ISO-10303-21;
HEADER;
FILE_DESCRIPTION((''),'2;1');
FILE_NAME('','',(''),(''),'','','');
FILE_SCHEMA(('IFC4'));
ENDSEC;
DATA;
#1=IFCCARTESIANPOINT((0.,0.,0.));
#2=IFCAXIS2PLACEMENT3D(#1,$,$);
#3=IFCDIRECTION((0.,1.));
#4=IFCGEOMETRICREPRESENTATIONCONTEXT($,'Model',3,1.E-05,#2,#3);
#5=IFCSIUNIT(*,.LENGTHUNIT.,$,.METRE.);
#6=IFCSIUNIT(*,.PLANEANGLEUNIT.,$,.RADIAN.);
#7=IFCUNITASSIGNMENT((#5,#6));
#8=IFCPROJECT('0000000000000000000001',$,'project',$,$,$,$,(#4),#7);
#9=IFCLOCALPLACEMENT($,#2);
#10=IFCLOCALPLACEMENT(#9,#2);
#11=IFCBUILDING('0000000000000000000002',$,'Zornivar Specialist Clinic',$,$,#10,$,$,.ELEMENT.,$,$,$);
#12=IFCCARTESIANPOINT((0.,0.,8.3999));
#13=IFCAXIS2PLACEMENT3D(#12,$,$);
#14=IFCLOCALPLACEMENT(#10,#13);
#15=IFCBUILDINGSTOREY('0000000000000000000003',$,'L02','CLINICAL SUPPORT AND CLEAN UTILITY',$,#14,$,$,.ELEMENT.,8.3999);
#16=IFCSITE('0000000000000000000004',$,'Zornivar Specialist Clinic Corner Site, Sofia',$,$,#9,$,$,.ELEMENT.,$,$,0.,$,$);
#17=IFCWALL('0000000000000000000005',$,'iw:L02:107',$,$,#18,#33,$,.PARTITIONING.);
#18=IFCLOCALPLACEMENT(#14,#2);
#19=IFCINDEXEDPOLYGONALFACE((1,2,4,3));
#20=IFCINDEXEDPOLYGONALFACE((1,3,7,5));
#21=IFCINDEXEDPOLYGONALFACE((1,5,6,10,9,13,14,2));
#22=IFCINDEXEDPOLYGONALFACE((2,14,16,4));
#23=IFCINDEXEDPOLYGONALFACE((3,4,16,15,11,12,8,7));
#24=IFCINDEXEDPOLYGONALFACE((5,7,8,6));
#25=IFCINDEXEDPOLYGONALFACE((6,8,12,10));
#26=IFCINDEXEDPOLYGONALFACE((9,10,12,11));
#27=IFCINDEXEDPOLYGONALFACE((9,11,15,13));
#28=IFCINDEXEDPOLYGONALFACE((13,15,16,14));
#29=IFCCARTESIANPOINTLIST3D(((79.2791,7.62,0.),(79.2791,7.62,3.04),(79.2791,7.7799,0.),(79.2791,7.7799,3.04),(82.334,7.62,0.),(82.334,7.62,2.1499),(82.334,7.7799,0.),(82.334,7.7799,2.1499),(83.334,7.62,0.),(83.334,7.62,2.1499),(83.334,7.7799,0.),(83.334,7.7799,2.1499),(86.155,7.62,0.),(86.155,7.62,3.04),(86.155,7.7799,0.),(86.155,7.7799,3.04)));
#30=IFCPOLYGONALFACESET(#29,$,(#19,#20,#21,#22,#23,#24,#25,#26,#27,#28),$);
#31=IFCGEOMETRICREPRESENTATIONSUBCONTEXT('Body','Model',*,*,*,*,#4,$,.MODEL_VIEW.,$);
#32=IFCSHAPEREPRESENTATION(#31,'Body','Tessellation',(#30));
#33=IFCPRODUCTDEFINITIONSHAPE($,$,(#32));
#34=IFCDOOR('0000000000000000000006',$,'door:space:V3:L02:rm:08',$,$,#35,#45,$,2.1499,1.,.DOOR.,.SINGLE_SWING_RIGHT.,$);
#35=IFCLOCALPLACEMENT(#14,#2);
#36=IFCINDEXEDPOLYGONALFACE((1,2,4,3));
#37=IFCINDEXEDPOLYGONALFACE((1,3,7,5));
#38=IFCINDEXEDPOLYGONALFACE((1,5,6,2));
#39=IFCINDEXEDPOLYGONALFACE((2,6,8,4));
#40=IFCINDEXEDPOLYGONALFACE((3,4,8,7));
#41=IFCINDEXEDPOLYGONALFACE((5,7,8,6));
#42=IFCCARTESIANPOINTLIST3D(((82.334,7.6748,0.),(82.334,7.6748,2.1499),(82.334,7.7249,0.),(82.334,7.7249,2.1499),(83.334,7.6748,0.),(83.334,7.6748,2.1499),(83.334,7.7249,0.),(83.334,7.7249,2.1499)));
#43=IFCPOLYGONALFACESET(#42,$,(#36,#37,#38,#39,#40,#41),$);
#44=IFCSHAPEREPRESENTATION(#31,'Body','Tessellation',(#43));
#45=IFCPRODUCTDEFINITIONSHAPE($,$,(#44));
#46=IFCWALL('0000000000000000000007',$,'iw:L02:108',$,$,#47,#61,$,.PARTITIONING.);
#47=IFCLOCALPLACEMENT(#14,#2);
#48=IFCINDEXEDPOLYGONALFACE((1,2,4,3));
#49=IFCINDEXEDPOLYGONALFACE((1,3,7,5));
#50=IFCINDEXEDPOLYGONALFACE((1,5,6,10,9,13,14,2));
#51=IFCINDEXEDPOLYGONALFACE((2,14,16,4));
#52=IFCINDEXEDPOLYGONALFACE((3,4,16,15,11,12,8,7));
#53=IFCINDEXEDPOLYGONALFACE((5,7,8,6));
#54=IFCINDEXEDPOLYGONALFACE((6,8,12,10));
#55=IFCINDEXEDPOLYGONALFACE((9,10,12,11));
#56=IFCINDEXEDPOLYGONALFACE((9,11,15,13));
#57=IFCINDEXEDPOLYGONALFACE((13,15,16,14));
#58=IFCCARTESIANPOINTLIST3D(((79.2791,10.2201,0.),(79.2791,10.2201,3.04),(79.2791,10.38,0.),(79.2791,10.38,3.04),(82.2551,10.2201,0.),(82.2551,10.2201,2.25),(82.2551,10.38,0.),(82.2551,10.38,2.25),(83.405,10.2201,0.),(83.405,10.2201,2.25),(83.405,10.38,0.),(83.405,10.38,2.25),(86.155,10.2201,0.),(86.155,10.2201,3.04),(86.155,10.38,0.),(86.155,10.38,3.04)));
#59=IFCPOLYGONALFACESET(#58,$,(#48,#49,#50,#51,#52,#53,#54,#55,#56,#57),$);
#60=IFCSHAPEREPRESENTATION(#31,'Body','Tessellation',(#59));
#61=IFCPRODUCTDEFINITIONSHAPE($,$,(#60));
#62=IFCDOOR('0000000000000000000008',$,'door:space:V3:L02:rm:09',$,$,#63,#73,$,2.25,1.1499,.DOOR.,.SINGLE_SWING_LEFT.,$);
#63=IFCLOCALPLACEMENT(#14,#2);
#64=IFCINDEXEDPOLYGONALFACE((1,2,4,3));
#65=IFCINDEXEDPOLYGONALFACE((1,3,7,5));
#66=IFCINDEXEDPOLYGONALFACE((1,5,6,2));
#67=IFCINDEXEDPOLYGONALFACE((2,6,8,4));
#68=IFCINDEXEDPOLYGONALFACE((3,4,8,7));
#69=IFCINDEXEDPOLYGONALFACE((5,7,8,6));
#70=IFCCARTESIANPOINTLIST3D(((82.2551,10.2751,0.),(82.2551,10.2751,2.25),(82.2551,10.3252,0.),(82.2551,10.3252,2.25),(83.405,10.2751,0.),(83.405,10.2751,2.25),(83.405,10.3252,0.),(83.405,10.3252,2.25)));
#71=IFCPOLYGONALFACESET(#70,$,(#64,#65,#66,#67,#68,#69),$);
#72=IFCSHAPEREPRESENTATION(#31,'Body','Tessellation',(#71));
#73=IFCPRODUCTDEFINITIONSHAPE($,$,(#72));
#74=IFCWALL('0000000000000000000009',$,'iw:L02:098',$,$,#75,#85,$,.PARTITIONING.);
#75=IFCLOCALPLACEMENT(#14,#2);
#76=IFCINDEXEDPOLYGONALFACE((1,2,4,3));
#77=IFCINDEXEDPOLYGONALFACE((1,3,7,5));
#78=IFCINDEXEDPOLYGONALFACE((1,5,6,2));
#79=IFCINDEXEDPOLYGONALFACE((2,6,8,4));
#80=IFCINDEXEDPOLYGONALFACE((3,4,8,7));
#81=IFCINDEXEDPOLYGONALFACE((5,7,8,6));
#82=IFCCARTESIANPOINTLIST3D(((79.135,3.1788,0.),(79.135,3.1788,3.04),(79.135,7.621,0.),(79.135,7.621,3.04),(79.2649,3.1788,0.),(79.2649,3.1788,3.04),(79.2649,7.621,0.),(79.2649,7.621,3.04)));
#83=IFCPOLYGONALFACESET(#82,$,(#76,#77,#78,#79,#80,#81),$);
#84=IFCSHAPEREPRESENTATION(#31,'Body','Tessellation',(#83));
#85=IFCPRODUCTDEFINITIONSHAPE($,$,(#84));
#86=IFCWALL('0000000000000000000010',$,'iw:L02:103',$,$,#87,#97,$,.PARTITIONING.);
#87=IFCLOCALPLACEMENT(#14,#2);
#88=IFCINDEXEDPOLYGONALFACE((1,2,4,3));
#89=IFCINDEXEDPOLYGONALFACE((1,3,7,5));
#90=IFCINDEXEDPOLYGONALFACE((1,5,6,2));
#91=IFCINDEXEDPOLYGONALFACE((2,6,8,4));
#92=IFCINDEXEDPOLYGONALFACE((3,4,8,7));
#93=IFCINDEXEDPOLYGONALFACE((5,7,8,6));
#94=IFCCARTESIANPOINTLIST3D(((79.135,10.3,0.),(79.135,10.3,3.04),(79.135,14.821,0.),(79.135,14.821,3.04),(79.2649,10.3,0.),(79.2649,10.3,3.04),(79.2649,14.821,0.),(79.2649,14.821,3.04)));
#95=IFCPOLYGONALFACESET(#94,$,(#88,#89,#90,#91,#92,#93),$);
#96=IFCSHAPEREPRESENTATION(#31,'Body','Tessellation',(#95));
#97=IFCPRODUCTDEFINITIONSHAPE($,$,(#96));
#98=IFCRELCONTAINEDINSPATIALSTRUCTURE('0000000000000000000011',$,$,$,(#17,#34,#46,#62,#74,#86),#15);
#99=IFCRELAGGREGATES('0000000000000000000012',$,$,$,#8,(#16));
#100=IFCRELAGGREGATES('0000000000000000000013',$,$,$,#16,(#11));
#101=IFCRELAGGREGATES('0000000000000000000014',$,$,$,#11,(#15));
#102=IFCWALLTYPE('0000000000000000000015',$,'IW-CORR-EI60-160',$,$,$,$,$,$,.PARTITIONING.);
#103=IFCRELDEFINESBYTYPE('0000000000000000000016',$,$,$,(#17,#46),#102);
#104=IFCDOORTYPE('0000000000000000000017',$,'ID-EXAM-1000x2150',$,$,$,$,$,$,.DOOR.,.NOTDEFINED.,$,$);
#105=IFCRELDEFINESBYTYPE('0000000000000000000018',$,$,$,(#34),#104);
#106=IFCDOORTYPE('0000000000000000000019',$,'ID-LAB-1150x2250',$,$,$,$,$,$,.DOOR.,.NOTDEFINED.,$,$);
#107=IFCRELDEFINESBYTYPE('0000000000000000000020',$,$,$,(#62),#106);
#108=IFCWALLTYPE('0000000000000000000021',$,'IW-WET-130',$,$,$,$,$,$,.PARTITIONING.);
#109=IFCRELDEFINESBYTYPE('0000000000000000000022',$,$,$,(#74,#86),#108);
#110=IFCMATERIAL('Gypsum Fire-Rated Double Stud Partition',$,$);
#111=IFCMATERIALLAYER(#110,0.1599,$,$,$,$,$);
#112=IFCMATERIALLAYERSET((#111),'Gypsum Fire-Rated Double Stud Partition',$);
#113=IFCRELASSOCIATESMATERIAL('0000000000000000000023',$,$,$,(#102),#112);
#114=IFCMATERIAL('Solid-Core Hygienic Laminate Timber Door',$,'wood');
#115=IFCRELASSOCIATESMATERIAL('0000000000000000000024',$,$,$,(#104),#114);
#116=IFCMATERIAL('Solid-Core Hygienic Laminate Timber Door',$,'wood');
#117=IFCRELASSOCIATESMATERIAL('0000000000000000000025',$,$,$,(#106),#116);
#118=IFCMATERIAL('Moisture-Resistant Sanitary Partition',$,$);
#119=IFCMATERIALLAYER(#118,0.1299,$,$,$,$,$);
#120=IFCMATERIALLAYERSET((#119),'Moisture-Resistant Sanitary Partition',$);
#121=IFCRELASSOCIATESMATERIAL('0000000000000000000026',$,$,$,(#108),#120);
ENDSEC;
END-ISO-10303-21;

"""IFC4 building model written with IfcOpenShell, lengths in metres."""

from ifc_helpers import new_model, si_unit, direction, frame, frame_2d, origin, place, context, subcontext, project, spatial, rectangle, extrude, material, layer, layer_set, type_object, element, fill, save


model = new_model("IFC4")

# Units and contexts
model_context = context("Model", 3, precision=1e-05, world=origin(), true_north=direction((0.0, 1.0)))
body_context = subcontext(model_context, "Body", "Model", "MODEL_VIEW")
ifc_project = project(units=[si_unit("LENGTHUNIT", "METRE"), si_unit("PLANEANGLEUNIT", "RADIAN")], contexts=[model_context])

# Site, building, storey
site_placement = place(None, origin())
site = spatial("IfcSite", under=ifc_project, at=site_placement, Name="Zornivar Specialist Clinic Corner Site, Sofia", CompositionType="ELEMENT", RefElevation=0.0)
building_placement = place(site_placement, origin())
building = spatial("IfcBuilding", under=site, at=building_placement, Name="Zornivar Specialist Clinic", CompositionType="ELEMENT")
storey_placement = place(building_placement, frame((0.0, 0.0, 8.3999)))
storey = spatial("IfcBuildingStorey", under=building, at=storey_placement, Name="L02", Description="CLINICAL SUPPORT AND CLEAN UTILITY", CompositionType="ELEMENT", Elevation=8.3999)

# Walls, openings, doors
ifc_material_1 = material(Name="Gypsum Fire-Rated Double Stud Partition")
ifc_layer_1 = layer(ifc_material_1, 0.1599)
ifc_layer_set_1 = layer_set([ifc_layer_1], Name="Gypsum Fire-Rated Double Stud Partition")
wall_type_1 = type_object("IfcWallType", Name="IW-CORR-EI60-160", PredefinedType="PARTITIONING", material=ifc_layer_set_1)
wall_1_placement = place(storey_placement, frame((79.2791, 7.7, 0.0), z_axis=(0.0, 0.0, 1.0), x_axis=(1.0, 0.0, 0.0)))
wall_1 = element("IfcWall", 1, at=wall_1_placement, inside=storey, type_object=wall_type_1, Name="iw:L02:107", PredefinedType="PARTITIONING", context=body_context, shape_type="SweptSolid", body=[
    extrude(rectangle(XDim=6.876, YDim=0.1599, at=frame_2d((3.438, 0.0))), origin(), (0.0, 0.0, 1.0), 3.04),
])
opening_1_placement = place(wall_1_placement, frame((3.0549, 0.0, 0.0)))
opening_1 = element("IfcOpeningElement", 2, at=opening_1_placement, cuts=wall_1, PredefinedType="OPENING", context=body_context, shape_type="SweptSolid", body=[
    extrude(rectangle(XDim=1.0, YDim=2.1499, at=frame_2d((0.5, 1.075))), frame((0.0, 0.0898, 0.0), z_axis=(0.0, -1.0, 0.0), x_axis=(1.0, 0.0, 0.0)), (0.0, 0.0, 1.0), 0.1799),
])
ifc_material_2 = material(Name="Solid-Core Hygienic Laminate Timber Door", Category="wood")
door_type_1 = type_object("IfcDoorType", Name="ID-EXAM-1000x2150", OperationType="NOTDEFINED", PredefinedType="DOOR", material=ifc_material_2)
door_1_placement = place(opening_1_placement, origin())
door_1 = element("IfcDoor", 3, at=door_1_placement, inside=storey, type_object=door_type_1, Name="door:space:V3:L02:rm:08", OperationType="SINGLE_SWING_RIGHT", OverallHeight=2.1499, OverallWidth=1.0, PredefinedType="DOOR", context=body_context, shape_type="SweptSolid", body=[
    extrude(rectangle(XDim=1.0, YDim=2.1499, at=frame_2d((0.5, 1.075))), frame((0.0, 0.0249, 0.0), z_axis=(0.0, -1.0, 0.0), x_axis=(1.0, 0.0, 0.0)), (0.0, 0.0, 1.0), 0.05),
])
fill(opening_1, door_1)
wall_2_placement = place(storey_placement, frame((86.155, 10.3, 0.0), z_axis=(0.0, 0.0, 1.0), x_axis=(-1.0, 0.0, 0.0)))
wall_2 = element("IfcWall", 4, at=wall_2_placement, inside=storey, type_object=wall_type_1, Name="iw:L02:108", PredefinedType="PARTITIONING", context=body_context, shape_type="SweptSolid", body=[
    extrude(rectangle(XDim=6.876, YDim=0.1599, at=frame_2d((3.438, 0.0))), origin(), (0.0, 0.0, 1.0), 3.04),
])
opening_2_placement = place(wall_2_placement, frame((2.75, 0.0, 0.0)))
opening_2 = element("IfcOpeningElement", 5, at=opening_2_placement, cuts=wall_2, PredefinedType="OPENING", context=body_context, shape_type="SweptSolid", body=[
    extrude(rectangle(XDim=1.1499, YDim=2.25, at=frame_2d((0.575, 1.125))), frame((0.0, 0.0898, 0.0), z_axis=(0.0, -1.0, 0.0), x_axis=(1.0, 0.0, 0.0)), (0.0, 0.0, 1.0), 0.1799),
])
ifc_material_3 = material(Name="Solid-Core Hygienic Laminate Timber Door", Category="wood")
door_type_2 = type_object("IfcDoorType", Name="ID-LAB-1150x2250", OperationType="NOTDEFINED", PredefinedType="DOOR", material=ifc_material_3)
door_2_placement = place(opening_2_placement, origin())
door_2 = element("IfcDoor", 6, at=door_2_placement, inside=storey, type_object=door_type_2, Name="door:space:V3:L02:rm:09", OperationType="SINGLE_SWING_LEFT", OverallHeight=2.25, OverallWidth=1.1499, PredefinedType="DOOR", context=body_context, shape_type="SweptSolid", body=[
    extrude(rectangle(XDim=1.1499, YDim=2.25, at=frame_2d((0.575, 1.125))), frame((0.0, 0.0249, 0.0), z_axis=(0.0, -1.0, 0.0), x_axis=(1.0, 0.0, 0.0)), (0.0, 0.0, 1.0), 0.05),
])
fill(opening_2, door_2)

# Walls
ifc_material_4 = material(Name="Moisture-Resistant Sanitary Partition")
ifc_layer_2 = layer(ifc_material_4, 0.1299)
ifc_layer_set_2 = layer_set([ifc_layer_2], Name="Moisture-Resistant Sanitary Partition")
wall_type_2 = type_object("IfcWallType", Name="IW-WET-130", PredefinedType="PARTITIONING", material=ifc_layer_set_2)
wall_3_placement = place(storey_placement, frame((79.2, 7.6211, 0.0), z_axis=(0.0, 0.0, 1.0), x_axis=(0.0, -1.0, 0.0)))
element("IfcWall", 7, at=wall_3_placement, inside=storey, type_object=wall_type_2, Name="iw:L02:098", PredefinedType="PARTITIONING", context=body_context, shape_type="SweptSolid", body=[
    extrude(rectangle(XDim=4.4421, YDim=0.1299, at=frame_2d((2.2212, 0.0))), origin(), (0.0, 0.0, 1.0), 3.04),
])
wall_4_placement = place(storey_placement, frame((79.2, 14.821, 0.0), z_axis=(0.0, 0.0, 1.0), x_axis=(0.0, -1.0, 0.0)))
element("IfcWall", 8, at=wall_4_placement, inside=storey, type_object=wall_type_2, Name="iw:L02:103", PredefinedType="PARTITIONING", context=body_context, shape_type="SweptSolid", body=[
    extrude(rectangle(XDim=4.521, YDim=0.1299, at=frame_2d((2.2605, 0.0))), origin(), (0.0, 0.0, 1.0), 3.04),
])

save(model, "model.ifc")
